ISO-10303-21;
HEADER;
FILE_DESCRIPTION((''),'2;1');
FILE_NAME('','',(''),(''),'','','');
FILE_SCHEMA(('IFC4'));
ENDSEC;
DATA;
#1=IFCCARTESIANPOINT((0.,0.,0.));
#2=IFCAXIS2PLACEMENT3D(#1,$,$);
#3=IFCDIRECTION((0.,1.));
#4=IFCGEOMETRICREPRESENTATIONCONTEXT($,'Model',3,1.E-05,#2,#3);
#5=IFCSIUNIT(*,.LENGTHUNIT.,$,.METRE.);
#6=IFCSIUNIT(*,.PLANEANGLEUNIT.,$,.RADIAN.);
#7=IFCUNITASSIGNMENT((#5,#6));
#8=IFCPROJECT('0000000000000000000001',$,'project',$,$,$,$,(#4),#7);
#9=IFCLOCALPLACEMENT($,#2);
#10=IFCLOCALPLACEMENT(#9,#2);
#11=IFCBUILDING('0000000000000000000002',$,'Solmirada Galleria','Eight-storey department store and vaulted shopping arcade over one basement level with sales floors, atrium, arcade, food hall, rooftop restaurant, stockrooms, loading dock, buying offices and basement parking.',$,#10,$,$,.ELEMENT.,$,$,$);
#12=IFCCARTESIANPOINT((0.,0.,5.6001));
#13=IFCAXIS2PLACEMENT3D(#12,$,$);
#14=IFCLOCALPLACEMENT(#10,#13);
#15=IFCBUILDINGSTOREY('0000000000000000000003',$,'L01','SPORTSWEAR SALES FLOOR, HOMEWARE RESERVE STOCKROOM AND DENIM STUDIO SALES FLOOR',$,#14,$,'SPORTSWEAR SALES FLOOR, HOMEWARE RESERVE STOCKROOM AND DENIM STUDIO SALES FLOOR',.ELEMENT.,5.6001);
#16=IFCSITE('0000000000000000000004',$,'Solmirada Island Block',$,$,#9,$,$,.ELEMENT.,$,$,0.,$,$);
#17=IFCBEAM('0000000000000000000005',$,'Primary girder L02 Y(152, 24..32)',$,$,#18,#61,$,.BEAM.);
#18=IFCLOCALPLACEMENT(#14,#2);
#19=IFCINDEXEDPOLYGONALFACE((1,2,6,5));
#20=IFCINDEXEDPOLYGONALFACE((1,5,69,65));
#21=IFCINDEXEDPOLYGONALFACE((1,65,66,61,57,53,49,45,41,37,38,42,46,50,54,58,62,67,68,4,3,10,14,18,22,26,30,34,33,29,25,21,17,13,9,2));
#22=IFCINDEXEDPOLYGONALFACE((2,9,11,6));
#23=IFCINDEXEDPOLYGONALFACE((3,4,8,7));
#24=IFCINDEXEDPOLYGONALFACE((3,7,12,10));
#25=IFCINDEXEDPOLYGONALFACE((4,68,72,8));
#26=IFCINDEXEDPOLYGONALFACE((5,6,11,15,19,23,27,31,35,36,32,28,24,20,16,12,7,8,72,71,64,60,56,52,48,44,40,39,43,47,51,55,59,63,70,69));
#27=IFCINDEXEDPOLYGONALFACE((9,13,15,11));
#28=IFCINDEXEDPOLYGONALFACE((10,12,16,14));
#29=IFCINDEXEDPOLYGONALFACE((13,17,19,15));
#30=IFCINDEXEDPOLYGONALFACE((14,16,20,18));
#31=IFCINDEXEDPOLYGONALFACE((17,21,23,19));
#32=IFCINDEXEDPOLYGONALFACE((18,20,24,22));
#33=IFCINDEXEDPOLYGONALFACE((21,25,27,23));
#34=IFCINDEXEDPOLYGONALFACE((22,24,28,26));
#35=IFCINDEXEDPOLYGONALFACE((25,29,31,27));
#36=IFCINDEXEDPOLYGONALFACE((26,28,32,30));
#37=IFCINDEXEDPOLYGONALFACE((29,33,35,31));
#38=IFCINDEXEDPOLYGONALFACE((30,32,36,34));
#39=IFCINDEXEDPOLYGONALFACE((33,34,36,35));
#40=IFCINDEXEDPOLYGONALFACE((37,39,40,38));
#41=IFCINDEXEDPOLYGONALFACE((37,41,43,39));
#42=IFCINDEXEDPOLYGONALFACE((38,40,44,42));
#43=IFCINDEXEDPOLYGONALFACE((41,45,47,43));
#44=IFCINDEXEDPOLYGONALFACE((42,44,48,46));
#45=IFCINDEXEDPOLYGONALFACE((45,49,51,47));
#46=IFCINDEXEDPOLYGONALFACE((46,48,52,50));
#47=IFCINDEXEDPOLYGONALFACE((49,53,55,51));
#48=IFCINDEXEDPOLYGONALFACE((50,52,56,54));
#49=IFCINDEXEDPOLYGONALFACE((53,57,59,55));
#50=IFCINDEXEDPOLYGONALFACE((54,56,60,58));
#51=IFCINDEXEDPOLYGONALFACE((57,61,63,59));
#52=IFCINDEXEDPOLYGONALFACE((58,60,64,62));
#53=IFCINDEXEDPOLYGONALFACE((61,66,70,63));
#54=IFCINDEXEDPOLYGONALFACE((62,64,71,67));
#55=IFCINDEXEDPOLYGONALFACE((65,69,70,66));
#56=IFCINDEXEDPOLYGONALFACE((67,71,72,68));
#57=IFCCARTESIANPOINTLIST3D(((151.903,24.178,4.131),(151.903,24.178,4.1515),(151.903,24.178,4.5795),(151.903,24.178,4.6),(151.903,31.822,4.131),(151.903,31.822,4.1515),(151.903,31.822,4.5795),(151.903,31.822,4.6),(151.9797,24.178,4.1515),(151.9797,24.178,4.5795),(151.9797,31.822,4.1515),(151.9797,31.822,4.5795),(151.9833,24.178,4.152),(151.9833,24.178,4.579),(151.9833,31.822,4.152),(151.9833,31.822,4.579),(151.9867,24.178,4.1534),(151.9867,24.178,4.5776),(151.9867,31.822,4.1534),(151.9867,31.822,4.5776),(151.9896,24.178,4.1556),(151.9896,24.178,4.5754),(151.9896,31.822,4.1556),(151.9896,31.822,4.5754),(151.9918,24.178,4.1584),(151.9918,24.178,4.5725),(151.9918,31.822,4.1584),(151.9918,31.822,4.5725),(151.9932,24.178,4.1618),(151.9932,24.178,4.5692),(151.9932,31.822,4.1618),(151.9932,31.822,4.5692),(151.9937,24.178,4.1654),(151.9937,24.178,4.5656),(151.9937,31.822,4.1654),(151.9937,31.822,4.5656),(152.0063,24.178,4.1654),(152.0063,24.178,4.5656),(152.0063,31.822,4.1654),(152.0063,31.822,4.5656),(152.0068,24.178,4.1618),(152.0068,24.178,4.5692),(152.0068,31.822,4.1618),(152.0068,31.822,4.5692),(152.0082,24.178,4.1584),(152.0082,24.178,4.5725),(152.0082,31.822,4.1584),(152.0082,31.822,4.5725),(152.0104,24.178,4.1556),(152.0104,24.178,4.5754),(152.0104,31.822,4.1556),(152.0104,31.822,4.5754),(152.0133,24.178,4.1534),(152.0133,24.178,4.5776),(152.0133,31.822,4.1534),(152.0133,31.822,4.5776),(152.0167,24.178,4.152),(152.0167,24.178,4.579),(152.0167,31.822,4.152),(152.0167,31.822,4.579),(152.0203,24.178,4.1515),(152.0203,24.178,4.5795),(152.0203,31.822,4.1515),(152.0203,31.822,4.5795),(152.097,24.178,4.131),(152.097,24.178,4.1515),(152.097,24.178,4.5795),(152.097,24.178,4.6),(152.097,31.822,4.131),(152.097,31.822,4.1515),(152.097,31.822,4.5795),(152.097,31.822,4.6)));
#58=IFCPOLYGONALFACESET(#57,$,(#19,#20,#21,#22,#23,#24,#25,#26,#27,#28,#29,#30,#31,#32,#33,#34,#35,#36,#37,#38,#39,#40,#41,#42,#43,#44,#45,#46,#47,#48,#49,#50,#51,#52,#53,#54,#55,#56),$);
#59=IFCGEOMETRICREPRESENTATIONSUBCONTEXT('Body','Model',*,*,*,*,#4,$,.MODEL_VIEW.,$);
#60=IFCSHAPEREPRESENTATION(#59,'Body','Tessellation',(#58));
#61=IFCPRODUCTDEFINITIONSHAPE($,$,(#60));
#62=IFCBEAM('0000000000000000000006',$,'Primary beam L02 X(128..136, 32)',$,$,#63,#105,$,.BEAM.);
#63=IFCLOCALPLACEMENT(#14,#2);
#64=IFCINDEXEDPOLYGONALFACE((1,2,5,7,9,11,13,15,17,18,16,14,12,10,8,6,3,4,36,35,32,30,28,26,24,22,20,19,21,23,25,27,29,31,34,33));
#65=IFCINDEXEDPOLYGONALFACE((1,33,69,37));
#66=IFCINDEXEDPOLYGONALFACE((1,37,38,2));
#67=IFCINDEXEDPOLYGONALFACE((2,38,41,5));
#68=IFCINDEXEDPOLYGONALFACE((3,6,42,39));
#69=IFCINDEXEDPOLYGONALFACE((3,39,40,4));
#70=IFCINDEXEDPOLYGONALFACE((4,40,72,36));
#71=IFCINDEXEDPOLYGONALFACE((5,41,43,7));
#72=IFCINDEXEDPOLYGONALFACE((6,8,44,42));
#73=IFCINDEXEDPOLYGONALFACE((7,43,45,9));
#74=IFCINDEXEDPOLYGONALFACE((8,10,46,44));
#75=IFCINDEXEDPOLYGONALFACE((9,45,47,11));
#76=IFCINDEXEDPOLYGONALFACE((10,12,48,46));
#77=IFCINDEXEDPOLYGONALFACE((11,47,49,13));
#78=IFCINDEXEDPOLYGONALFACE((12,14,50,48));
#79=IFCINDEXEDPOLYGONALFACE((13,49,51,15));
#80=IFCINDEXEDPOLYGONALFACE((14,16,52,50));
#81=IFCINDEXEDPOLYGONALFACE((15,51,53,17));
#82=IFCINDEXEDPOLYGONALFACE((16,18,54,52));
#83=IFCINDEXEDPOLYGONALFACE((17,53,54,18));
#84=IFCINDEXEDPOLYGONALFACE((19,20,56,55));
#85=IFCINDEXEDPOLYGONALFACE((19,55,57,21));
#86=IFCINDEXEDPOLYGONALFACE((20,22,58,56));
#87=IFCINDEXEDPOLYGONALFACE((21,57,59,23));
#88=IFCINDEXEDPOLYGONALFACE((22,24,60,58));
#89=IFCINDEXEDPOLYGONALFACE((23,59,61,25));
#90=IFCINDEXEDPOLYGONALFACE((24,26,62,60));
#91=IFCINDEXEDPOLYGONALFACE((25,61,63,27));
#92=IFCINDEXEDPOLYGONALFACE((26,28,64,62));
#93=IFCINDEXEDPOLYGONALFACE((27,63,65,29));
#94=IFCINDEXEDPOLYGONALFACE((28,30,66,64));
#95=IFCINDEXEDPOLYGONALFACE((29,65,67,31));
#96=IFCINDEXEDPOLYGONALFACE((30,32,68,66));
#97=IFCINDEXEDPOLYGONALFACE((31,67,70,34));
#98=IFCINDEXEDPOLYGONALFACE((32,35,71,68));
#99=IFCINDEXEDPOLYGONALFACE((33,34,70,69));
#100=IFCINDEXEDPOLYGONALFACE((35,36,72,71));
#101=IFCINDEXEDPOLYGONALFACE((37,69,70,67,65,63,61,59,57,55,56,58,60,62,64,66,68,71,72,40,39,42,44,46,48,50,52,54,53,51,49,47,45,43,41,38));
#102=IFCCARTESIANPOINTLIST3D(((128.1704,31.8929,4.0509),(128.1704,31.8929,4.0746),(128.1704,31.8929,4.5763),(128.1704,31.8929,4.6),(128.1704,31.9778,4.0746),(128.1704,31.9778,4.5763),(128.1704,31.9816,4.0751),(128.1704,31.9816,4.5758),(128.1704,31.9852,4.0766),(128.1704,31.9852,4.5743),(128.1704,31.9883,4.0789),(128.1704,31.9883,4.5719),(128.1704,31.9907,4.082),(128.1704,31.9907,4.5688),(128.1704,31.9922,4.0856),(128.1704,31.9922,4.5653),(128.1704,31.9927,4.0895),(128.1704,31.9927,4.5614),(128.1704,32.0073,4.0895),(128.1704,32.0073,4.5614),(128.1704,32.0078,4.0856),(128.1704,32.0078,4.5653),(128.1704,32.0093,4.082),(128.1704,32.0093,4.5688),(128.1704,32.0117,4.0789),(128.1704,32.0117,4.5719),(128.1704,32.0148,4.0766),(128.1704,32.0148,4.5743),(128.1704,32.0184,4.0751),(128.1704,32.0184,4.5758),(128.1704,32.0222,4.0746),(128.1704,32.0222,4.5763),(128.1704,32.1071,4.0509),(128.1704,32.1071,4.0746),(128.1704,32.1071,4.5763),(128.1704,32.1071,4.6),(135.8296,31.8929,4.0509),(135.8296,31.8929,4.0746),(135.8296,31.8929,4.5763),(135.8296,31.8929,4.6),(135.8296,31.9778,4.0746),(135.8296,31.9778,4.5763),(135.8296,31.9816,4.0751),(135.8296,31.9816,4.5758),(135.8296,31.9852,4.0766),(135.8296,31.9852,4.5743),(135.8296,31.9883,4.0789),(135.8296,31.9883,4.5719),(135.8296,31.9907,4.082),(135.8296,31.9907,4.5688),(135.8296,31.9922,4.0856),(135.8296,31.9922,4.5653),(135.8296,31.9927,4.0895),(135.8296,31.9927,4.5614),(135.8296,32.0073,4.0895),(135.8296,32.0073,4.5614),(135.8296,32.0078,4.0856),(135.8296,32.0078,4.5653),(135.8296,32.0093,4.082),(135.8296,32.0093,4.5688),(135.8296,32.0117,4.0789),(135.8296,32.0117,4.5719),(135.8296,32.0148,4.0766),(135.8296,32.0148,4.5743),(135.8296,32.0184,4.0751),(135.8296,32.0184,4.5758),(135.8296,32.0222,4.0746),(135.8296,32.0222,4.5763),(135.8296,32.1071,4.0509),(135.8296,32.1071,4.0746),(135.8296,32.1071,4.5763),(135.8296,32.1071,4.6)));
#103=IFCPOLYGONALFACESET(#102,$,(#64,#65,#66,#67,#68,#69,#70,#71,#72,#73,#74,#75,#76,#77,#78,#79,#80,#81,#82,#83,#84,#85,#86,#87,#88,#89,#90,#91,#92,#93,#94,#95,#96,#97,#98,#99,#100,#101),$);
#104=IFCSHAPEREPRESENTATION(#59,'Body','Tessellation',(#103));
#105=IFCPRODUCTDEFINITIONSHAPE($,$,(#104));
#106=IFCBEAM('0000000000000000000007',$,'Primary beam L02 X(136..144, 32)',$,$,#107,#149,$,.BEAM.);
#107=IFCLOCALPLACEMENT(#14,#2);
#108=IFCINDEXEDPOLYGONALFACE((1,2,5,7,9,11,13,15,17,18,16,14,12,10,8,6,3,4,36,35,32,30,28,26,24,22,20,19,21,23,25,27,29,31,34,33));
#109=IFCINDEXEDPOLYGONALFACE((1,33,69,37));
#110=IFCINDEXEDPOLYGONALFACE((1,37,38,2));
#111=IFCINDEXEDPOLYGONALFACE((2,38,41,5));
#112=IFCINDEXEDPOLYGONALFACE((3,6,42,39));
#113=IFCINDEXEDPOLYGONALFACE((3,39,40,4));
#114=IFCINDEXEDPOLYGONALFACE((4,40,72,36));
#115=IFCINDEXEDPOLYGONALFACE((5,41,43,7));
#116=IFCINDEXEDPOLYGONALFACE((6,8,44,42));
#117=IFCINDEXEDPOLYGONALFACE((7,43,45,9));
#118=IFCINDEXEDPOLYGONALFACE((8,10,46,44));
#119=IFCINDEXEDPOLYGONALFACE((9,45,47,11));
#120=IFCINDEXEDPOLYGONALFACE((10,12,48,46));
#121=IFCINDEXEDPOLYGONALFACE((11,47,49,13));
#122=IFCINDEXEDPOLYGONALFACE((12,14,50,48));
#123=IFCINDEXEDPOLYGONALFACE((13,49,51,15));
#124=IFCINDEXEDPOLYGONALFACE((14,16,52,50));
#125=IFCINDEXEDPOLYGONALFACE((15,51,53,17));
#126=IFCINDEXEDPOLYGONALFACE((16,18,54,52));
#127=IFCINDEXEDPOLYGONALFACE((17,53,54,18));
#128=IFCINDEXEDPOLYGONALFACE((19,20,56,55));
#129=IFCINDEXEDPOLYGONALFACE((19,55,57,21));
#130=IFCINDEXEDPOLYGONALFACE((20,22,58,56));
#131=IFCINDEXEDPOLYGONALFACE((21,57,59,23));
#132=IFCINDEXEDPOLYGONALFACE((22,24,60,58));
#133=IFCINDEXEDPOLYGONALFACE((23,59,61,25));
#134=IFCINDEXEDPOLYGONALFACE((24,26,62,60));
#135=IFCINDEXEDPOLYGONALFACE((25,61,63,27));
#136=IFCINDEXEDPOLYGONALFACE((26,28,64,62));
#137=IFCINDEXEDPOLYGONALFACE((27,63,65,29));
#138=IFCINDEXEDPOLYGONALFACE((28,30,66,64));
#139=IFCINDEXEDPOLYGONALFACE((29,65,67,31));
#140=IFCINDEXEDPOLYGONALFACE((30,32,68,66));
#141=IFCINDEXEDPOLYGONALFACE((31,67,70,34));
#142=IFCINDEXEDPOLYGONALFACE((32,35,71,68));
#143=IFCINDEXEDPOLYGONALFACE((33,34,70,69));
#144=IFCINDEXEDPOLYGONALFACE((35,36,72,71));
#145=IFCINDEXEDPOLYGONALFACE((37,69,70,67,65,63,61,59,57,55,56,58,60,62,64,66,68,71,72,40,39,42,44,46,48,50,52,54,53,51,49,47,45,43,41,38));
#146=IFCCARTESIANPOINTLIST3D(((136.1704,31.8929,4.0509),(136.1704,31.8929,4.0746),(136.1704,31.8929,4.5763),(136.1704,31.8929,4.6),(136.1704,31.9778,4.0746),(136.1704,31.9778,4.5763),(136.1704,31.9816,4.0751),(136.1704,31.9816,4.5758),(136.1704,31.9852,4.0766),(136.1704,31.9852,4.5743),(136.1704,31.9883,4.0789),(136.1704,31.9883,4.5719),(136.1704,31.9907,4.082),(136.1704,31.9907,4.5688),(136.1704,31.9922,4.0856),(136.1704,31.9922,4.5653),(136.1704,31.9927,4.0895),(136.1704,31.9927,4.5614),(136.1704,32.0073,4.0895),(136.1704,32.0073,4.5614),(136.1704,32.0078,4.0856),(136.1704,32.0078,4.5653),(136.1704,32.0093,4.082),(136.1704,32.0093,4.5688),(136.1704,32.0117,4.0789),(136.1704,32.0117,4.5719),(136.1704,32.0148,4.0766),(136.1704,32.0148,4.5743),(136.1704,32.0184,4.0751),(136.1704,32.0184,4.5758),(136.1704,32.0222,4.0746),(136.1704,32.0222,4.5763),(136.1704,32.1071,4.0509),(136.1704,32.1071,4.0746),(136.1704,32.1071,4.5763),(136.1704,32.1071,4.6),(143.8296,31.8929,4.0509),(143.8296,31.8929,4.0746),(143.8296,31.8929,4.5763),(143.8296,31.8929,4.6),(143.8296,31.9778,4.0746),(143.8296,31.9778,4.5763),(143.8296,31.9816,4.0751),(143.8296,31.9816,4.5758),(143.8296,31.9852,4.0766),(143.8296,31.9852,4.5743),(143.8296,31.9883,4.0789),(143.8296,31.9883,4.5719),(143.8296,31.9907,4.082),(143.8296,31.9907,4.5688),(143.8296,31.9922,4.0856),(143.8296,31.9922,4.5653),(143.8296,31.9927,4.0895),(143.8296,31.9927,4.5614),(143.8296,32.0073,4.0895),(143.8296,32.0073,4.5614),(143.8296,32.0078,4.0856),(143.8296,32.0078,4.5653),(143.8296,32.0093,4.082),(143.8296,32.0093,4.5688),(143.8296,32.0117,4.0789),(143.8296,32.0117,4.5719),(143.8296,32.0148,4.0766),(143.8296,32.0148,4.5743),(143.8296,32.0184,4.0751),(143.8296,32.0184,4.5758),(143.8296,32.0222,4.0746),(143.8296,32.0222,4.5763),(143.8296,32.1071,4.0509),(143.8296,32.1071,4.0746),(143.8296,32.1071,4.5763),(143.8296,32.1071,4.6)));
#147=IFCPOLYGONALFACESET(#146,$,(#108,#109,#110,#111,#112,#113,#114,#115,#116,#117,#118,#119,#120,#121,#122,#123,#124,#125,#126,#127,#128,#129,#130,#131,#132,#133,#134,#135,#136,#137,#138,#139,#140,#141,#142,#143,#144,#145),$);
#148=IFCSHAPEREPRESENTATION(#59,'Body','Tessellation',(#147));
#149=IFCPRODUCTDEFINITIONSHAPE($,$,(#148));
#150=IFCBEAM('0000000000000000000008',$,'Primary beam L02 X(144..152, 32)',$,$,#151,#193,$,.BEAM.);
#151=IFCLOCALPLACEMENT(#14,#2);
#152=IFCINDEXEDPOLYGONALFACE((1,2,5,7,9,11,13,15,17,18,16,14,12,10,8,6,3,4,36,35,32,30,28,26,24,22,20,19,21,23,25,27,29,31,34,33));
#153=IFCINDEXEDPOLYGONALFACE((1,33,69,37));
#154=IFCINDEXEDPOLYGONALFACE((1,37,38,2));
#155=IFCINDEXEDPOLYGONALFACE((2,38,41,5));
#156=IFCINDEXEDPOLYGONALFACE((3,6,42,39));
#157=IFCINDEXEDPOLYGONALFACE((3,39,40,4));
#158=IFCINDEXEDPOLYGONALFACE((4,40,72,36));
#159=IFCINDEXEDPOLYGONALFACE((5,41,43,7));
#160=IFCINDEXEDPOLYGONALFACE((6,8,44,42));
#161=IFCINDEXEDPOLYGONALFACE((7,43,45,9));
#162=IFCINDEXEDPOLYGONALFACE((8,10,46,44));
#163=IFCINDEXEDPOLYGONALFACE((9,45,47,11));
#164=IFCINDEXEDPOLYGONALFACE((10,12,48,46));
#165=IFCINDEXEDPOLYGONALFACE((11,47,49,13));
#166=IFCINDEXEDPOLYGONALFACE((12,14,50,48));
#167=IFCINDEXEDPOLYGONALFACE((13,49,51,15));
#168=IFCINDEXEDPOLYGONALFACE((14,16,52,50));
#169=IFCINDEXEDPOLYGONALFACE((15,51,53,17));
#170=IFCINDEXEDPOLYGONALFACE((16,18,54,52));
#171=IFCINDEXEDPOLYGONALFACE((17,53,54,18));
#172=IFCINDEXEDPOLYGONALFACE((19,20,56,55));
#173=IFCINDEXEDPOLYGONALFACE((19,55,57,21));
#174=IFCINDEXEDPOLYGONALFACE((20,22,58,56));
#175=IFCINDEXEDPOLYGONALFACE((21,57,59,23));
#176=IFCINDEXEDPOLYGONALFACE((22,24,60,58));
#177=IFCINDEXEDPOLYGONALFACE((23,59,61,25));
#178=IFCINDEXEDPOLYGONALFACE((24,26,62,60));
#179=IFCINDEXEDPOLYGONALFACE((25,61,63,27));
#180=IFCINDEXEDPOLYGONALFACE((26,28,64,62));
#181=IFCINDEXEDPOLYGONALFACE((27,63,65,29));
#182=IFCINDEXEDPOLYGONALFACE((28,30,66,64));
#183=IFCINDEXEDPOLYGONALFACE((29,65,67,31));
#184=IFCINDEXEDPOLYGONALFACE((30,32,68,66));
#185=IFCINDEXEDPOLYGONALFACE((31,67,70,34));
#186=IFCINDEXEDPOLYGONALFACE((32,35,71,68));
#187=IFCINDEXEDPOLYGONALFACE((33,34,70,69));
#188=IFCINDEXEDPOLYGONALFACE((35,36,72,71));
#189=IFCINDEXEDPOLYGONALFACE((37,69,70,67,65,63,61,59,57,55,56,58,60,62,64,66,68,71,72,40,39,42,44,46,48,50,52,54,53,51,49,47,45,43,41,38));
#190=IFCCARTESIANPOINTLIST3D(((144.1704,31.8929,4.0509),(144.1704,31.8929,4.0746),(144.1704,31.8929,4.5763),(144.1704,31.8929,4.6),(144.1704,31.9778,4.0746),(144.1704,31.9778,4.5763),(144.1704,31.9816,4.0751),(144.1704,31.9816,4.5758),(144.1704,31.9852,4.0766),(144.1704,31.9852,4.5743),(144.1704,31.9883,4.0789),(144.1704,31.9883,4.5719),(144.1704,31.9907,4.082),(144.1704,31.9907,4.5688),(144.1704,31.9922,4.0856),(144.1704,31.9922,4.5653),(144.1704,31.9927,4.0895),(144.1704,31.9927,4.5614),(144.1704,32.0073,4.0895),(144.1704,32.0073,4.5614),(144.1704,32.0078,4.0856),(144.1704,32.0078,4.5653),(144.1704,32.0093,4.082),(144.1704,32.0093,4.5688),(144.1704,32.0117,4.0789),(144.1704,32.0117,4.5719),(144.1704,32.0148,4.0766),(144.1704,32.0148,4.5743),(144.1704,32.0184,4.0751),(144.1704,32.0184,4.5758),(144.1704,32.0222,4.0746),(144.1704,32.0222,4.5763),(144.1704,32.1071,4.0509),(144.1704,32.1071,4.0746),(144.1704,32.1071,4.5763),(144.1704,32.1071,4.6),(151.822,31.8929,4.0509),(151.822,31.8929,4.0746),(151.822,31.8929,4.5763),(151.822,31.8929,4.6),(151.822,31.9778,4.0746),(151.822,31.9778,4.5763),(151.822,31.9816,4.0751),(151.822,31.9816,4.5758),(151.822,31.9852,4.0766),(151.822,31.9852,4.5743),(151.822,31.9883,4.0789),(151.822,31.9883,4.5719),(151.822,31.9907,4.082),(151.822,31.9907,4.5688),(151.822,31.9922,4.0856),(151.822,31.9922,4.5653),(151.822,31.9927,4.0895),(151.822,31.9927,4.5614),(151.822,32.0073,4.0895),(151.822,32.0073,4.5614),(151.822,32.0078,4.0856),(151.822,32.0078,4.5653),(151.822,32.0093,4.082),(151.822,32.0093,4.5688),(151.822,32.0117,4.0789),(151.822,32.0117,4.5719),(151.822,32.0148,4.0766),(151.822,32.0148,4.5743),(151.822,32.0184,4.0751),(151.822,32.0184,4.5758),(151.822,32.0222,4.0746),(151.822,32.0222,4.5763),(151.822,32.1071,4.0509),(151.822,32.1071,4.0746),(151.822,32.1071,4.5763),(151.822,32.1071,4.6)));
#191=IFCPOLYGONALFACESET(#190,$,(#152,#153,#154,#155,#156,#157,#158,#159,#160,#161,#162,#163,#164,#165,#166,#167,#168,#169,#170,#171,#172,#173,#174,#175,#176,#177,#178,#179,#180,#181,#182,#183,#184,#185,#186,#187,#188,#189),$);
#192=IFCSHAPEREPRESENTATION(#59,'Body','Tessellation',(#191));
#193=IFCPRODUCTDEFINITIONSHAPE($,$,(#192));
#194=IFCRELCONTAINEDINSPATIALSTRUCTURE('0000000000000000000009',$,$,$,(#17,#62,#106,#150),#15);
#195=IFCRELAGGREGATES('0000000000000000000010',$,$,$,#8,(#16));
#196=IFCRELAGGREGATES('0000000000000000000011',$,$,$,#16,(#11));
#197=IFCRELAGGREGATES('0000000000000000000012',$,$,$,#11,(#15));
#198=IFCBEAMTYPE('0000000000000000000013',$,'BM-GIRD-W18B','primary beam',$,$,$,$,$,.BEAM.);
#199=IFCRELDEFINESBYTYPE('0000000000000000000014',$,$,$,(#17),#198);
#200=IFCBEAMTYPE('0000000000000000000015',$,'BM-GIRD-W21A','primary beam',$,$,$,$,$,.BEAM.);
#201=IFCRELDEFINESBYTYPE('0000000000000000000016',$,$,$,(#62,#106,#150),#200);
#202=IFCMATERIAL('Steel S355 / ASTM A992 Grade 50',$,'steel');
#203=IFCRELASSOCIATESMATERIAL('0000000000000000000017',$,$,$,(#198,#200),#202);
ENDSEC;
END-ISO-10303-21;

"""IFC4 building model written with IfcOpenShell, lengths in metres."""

from ifc_helpers import new_model, si_unit, direction, frame, origin, origin_2d, place, context, subcontext, project, spatial, i_section, extrude, material, material_profile, profile_set, type_object, element, save


model = new_model("IFC4")

# Units and contexts
model_context = context("Model", 3, precision=1e-05, world=origin(), true_north=direction((0.0, 1.0)))
body_context = subcontext(model_context, "Body", "Model", "MODEL_VIEW")
ifc_project = project(units=[si_unit("LENGTHUNIT", "METRE"), si_unit("PLANEANGLEUNIT", "RADIAN")], contexts=[model_context])

# Site, building, storey
site_placement = place(None, origin())
site = spatial("IfcSite", under=ifc_project, at=site_placement, Name="Solmirada Island Block", CompositionType="ELEMENT", RefElevation=0.0)
building_placement = place(site_placement, origin())
building = spatial("IfcBuilding", under=site, at=building_placement, Name="Solmirada Galleria", Description="Eight-storey department store and vaulted shopping arcade over one basement level with sales floors, atrium, arcade, food hall, rooftop restaurant, stockrooms, loading dock, buying offices and basement parking.", CompositionType="ELEMENT")
storey_placement = place(building_placement, frame((0.0, 0.0, 5.6001)))
storey = spatial("IfcBuildingStorey", under=building, at=storey_placement, Name="L01", Description="SPORTSWEAR SALES FLOOR, HOMEWARE RESERVE STOCKROOM AND DENIM STUDIO SALES FLOOR", LongName="SPORTSWEAR SALES FLOOR, HOMEWARE RESERVE STOCKROOM AND DENIM STUDIO SALES FLOOR", CompositionType="ELEMENT", Elevation=5.6001)

# Beams
ifc_material_1 = material(Name="Steel S355 / ASTM A992 Grade 50", Category="steel")
ifc_material_profile_1 = material_profile(ifc_material_1, i_section(OverallWidth=0.1941, OverallDepth=0.469, WebThickness=0.0127, FlangeThickness=0.0205, FilletRadius=0.0139, at=origin_2d()), Name="W18X71")
ifc_profile_set_1 = profile_set([ifc_material_profile_1], Name="Steel S355 / ASTM A992 Grade 50")
beam_type_1 = type_object("IfcBeamType", Name="BM-GIRD-W18B", Description="primary beam", PredefinedType="BEAM", material=ifc_profile_set_1)
beam_1_placement = place(storey_placement, frame((152.0, 24.178, 4.3655), z_axis=(0.0, 1.0, 0.0), x_axis=(-1.0, 0.0, 0.0)))
element("IfcBeam", 1, at=beam_1_placement, inside=storey, type_object=beam_type_1, Name="Primary girder L02 Y(152, 24..32)", PredefinedType="BEAM", context=body_context, shape_type="SweptSolid", body=[
    extrude(i_section(OverallWidth=0.1941, OverallDepth=0.469, WebThickness=0.0127, FlangeThickness=0.0205, FilletRadius=0.0139, at=origin_2d()), origin(), (0.0, 0.0, 1.0), 7.644),
])
ifc_material_profile_2 = material_profile(ifc_material_1, i_section(OverallWidth=0.2141, OverallDepth=0.5491, WebThickness=0.0146, FlangeThickness=0.0237, FilletRadius=0.0149, at=origin_2d()), Name="W21X93")
ifc_profile_set_2 = profile_set([ifc_material_profile_2], Name="Steel S355 / ASTM A992 Grade 50")
beam_type_2 = type_object("IfcBeamType", Name="BM-GIRD-W21A", Description="primary beam", PredefinedType="BEAM", material=ifc_profile_set_2)
for number, where, z_axis, x_axis, name in (
    (2, (128.1704, 32.0, 4.3254), (1.0, 0.0, 0.0), (0.0, 1.0, 0.0), "Primary beam L02 X(128..136, 32)"),
    (3, (136.1704, 32.0, 4.3254), (1.0, 0.0, 0.0), (0.0, 1.0, 0.0), "Primary beam L02 X(136..144, 32)"),
):
    element("IfcBeam", number, at=place(storey_placement, frame(where, z_axis=z_axis, x_axis=x_axis)), inside=storey, type_object=beam_type_2, Name=name, PredefinedType="BEAM", context=body_context, shape_type="SweptSolid", body=[
        extrude(i_section(OverallWidth=0.2141, OverallDepth=0.5491, WebThickness=0.0146, FlangeThickness=0.0237, FilletRadius=0.0149, at=origin_2d()), origin(), (0.0, 0.0, 1.0), 7.6592),
    ])
beam_2_placement = place(storey_placement, frame((144.1704, 32.0, 4.3254), z_axis=(1.0, 0.0, 0.0), x_axis=(0.0, 1.0, 0.0)))
element("IfcBeam", 4, at=beam_2_placement, inside=storey, type_object=beam_type_2, Name="Primary beam L02 X(144..152, 32)", PredefinedType="BEAM", context=body_context, shape_type="SweptSolid", body=[
    extrude(i_section(OverallWidth=0.2141, OverallDepth=0.5491, WebThickness=0.0146, FlangeThickness=0.0237, FilletRadius=0.0149, at=origin_2d()), origin(), (0.0, 0.0, 1.0), 7.6516),
])

save(model, "model.ifc")
